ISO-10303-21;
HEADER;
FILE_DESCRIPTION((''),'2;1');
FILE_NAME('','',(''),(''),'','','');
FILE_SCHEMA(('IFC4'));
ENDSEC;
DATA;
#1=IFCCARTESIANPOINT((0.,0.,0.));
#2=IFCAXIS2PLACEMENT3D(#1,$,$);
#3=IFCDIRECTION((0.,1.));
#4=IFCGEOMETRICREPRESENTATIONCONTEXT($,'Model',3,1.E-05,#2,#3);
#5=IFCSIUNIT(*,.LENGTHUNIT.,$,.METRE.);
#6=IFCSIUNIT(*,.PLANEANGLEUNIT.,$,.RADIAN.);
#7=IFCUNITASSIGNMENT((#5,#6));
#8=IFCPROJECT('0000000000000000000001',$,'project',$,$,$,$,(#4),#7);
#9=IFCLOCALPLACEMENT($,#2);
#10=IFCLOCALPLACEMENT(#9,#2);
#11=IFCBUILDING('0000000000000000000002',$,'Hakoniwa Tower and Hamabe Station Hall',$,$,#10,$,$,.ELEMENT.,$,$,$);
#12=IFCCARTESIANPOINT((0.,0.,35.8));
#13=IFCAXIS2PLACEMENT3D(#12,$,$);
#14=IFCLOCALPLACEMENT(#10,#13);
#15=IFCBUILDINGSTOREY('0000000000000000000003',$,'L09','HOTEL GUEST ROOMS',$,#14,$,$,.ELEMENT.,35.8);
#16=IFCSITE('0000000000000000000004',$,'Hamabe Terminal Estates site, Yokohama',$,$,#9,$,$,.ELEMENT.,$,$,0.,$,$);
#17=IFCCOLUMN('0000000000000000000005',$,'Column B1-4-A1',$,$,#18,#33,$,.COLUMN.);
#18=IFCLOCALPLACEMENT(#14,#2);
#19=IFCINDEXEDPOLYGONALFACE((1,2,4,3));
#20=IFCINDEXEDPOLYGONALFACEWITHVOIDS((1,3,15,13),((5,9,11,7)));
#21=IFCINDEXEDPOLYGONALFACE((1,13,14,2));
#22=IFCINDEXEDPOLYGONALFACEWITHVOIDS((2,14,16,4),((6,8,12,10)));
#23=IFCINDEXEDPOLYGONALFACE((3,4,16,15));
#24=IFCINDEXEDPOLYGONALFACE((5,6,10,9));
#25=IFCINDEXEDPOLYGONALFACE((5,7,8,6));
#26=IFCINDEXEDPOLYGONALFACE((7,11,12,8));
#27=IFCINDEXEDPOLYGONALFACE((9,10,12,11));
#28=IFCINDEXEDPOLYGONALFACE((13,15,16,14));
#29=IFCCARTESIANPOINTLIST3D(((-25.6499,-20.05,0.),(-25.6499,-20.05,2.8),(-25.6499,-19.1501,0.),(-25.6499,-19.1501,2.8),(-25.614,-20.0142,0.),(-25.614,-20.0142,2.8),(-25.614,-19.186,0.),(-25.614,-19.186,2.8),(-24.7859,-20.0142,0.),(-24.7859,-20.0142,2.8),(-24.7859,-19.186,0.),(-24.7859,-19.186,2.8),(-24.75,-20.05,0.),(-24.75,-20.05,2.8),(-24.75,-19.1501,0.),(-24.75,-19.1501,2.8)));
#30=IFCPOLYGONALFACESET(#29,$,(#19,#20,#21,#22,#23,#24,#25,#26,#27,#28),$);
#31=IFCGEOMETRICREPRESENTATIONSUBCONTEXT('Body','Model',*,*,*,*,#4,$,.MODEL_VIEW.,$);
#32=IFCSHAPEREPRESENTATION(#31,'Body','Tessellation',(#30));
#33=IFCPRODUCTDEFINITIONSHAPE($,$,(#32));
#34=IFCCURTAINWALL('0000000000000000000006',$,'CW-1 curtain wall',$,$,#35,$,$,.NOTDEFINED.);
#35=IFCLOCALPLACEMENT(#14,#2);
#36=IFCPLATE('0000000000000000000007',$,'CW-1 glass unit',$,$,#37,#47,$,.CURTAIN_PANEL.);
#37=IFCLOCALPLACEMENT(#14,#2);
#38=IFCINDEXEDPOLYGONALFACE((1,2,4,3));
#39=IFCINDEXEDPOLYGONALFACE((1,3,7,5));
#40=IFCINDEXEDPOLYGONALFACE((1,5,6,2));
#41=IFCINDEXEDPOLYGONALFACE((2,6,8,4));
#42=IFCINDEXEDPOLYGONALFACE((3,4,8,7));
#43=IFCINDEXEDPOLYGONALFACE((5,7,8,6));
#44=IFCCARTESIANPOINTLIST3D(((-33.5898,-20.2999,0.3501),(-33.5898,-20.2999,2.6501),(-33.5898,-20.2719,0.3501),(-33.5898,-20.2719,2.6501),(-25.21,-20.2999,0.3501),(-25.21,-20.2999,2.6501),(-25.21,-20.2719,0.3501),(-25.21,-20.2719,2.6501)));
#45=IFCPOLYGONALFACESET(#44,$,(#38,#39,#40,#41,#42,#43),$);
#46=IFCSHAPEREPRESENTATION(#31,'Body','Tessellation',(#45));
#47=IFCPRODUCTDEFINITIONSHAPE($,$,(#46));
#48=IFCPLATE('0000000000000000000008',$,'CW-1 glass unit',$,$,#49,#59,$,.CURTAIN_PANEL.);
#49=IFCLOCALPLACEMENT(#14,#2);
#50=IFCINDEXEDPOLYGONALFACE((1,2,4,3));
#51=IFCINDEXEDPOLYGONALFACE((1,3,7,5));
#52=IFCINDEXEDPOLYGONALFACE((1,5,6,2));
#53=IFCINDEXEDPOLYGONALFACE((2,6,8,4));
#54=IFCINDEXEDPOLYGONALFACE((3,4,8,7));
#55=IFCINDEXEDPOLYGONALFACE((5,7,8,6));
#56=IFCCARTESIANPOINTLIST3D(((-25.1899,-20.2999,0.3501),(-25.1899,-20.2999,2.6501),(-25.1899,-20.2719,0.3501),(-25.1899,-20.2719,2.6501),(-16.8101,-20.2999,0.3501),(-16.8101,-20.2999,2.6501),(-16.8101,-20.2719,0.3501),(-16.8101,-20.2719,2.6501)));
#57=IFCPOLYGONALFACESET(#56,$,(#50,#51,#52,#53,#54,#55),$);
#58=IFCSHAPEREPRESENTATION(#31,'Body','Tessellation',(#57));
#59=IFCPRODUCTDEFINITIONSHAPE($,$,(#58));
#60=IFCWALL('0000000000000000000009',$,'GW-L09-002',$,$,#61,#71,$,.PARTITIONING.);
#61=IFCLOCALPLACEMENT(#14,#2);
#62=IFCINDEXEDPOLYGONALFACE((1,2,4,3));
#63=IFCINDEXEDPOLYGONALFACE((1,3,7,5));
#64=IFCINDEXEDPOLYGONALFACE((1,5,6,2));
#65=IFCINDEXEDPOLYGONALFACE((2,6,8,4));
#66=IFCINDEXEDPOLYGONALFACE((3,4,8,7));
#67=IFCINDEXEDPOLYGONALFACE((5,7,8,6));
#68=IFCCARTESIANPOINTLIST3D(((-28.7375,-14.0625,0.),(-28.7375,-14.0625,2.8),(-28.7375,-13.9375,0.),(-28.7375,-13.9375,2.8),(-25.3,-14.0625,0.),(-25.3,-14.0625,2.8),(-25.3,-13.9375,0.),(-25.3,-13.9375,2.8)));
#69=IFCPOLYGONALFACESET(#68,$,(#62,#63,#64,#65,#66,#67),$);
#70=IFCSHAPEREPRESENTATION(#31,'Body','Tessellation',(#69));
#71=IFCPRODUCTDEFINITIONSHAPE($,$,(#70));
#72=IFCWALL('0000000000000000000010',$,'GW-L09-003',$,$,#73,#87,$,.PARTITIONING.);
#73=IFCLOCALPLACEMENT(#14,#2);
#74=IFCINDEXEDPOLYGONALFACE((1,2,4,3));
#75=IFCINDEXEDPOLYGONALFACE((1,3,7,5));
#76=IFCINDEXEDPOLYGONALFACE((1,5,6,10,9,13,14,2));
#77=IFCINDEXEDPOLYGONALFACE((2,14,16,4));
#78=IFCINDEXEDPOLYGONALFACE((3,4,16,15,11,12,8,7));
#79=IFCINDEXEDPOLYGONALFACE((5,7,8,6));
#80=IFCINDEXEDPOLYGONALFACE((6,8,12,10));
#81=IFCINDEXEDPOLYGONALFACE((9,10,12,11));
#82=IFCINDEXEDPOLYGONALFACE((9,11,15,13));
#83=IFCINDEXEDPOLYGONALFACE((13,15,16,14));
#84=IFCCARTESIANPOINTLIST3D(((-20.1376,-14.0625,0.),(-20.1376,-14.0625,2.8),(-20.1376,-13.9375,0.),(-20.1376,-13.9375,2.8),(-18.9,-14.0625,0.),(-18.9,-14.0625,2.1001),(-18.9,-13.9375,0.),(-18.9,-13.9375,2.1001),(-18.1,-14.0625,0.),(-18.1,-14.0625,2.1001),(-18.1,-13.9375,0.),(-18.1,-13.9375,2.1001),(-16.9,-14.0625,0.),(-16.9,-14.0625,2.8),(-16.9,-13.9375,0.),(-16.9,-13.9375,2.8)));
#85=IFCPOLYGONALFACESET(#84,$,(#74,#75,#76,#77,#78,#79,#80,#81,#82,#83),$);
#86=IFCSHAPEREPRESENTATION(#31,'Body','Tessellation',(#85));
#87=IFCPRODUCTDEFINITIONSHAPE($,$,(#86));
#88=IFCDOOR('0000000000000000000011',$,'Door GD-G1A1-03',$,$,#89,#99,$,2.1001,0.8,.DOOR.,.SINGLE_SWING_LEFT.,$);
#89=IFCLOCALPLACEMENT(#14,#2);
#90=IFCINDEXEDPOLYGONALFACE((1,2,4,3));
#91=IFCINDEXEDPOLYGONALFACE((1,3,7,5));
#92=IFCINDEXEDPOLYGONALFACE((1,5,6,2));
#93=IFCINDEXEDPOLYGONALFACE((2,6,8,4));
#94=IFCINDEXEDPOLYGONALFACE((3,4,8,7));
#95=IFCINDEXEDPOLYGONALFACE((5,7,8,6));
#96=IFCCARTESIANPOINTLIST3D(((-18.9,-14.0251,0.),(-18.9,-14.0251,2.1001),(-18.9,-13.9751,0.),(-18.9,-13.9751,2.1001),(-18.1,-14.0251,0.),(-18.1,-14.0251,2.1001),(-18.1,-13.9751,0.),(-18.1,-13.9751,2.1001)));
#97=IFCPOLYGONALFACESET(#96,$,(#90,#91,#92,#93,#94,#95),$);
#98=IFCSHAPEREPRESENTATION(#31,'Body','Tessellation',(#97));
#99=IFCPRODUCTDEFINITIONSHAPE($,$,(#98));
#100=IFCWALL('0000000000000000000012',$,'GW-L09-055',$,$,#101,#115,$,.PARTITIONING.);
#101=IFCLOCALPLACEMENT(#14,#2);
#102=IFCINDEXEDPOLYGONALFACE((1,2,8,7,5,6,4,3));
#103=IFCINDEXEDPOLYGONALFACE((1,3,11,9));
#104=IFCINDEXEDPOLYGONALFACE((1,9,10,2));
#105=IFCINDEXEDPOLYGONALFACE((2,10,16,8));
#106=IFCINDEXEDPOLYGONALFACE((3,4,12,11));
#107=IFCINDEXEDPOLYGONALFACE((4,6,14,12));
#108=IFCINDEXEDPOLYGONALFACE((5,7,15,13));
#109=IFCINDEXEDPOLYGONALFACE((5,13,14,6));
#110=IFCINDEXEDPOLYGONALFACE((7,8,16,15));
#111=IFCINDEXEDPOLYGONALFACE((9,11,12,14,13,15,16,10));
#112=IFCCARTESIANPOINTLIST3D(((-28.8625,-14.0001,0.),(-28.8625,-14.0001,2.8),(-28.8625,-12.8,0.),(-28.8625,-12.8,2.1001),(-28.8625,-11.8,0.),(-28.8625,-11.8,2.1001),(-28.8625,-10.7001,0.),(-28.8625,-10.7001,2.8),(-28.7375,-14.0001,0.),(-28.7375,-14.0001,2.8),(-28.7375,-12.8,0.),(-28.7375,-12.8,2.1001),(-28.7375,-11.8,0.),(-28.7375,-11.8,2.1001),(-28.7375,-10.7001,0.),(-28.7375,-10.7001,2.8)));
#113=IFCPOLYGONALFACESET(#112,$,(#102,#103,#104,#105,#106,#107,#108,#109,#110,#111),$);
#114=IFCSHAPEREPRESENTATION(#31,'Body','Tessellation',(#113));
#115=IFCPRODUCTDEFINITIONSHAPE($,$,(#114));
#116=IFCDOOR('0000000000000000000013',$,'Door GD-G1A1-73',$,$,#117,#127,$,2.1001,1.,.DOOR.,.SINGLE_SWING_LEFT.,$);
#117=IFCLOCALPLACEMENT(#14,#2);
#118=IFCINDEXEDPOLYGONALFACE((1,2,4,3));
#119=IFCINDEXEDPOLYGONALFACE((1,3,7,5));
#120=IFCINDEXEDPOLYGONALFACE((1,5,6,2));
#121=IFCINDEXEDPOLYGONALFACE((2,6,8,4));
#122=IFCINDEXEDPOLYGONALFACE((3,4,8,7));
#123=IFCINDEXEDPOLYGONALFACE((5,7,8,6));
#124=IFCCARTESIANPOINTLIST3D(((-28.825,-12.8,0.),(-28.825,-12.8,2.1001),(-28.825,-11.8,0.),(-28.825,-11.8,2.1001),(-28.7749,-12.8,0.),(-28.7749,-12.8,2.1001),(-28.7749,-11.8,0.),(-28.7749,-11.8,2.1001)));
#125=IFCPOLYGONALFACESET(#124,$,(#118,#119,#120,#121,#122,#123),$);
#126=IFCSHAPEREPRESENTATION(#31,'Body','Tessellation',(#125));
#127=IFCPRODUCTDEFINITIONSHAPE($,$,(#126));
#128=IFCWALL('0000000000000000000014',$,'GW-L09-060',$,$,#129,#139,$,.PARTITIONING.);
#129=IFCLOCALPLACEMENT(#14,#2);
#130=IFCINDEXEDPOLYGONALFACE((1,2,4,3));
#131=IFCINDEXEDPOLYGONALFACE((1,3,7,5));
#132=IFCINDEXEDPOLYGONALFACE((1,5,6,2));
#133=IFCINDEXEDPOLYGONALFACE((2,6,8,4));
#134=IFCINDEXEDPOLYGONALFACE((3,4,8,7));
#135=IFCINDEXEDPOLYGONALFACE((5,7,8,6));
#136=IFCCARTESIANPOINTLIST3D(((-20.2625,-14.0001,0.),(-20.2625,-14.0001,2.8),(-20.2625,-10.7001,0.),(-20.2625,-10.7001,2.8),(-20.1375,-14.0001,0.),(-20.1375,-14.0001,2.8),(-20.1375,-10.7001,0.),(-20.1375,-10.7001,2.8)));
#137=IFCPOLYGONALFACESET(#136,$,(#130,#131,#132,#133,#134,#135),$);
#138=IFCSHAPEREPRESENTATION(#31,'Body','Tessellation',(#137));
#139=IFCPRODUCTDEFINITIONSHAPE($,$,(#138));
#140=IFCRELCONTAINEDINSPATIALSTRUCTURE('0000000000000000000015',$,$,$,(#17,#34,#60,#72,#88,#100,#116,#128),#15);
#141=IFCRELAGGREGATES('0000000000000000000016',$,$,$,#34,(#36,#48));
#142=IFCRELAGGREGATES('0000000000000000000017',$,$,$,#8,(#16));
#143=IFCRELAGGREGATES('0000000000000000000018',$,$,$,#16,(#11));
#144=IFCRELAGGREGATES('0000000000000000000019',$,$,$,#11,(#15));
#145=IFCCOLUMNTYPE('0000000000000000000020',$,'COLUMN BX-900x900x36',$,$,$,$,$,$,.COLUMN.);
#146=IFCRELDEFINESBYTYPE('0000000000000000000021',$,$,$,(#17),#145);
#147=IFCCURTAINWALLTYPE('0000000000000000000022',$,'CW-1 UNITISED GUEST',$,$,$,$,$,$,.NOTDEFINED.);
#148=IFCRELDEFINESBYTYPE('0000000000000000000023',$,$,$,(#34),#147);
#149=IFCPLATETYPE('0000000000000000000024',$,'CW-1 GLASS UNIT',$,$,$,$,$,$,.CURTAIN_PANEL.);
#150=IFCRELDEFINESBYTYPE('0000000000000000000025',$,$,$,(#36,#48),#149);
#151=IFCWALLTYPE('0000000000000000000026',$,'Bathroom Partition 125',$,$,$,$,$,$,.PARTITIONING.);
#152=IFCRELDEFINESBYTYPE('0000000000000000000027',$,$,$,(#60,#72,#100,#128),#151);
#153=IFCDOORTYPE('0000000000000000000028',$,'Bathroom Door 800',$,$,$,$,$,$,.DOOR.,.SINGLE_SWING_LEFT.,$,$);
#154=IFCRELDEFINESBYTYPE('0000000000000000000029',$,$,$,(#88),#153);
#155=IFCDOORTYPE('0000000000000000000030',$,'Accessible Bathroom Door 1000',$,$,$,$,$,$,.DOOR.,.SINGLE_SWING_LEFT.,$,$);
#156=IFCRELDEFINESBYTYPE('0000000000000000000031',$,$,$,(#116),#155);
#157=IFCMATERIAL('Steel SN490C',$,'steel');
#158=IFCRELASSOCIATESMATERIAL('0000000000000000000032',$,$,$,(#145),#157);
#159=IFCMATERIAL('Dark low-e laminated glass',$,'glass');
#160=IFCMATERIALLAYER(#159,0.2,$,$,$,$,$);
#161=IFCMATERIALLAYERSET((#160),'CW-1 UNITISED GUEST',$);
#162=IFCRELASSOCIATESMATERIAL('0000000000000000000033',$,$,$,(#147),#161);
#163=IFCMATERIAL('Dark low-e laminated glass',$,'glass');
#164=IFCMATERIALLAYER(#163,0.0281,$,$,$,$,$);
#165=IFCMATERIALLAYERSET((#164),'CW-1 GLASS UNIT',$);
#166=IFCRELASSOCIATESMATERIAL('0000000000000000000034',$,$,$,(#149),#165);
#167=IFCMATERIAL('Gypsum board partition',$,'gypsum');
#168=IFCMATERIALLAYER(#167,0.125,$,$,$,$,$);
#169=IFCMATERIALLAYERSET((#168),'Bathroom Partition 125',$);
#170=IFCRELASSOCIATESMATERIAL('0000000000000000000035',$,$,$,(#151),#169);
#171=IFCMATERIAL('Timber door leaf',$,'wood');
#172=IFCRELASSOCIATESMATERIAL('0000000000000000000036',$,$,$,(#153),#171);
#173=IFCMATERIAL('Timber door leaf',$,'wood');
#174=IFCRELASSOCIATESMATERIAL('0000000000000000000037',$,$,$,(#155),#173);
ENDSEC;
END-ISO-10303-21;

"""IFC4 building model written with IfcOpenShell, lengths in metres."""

from ifc_helpers import new_model, si_unit, direction, frame, frame_2d, origin, origin_2d, place, context, subcontext, project, spatial, rectangle, hollow_rectangle, extrude, material, layer, layer_set, material_profile, profile_set, type_object, element, fill, aggregate, save


model = new_model("IFC4")

# Units and contexts
model_context = context("Model", 3, precision=1e-05, world=origin(), true_north=direction((0.0, 1.0)))
body_context = subcontext(model_context, "Body", "Model", "MODEL_VIEW")
ifc_project = project(units=[si_unit("LENGTHUNIT", "METRE"), si_unit("PLANEANGLEUNIT", "RADIAN")], contexts=[model_context])

# Site, building, storey
site_placement = place(None, origin())
site = spatial("IfcSite", under=ifc_project, at=site_placement, Name="Hamabe Terminal Estates site, Yokohama", CompositionType="ELEMENT", RefElevation=0.0)
building_placement = place(site_placement, origin())
building = spatial("IfcBuilding", under=site, at=building_placement, Name="Hakoniwa Tower and Hamabe Station Hall", CompositionType="ELEMENT")
storey_placement = place(building_placement, frame((0.0, 0.0, 35.8)))
storey = spatial("IfcBuildingStorey", under=building, at=storey_placement, Name="L09", Description="HOTEL GUEST ROOMS", CompositionType="ELEMENT", Elevation=35.8)

# Column
ifc_material_1 = material(Name="Steel SN490C", Category="steel")
ifc_material_profile = material_profile(ifc_material_1, hollow_rectangle(XDim=0.8999, YDim=0.8999, WallThickness=0.0359, at=origin_2d()), Name="BX-900x900x36")
ifc_profile_set = profile_set([ifc_material_profile], Name="Steel SN490C")
column_type = type_object("IfcColumnType", Name="COLUMN BX-900x900x36", PredefinedType="COLUMN", material=ifc_profile_set)
column_placement = place(storey_placement, frame((-25.2, -19.6001, 0.0), z_axis=(0.0, 0.0, 1.0), x_axis=(1.0, 0.0, 0.0)))
element("IfcColumn", 1, at=column_placement, inside=storey, type_object=column_type, Name="Column B1-4-A1", PredefinedType="COLUMN", context=body_context, shape_type="SweptSolid", body=[
    extrude(hollow_rectangle(XDim=0.8999, YDim=0.8999, WallThickness=0.0359, at=origin_2d()), origin(), (0.0, 0.0, 1.0), 2.8),
])

# Curtain wall, plates
ifc_material_2 = material(Name="Dark low-e laminated glass", Category="glass")
ifc_layer_1 = layer(ifc_material_2, 0.2)
ifc_layer_set_1 = layer_set([ifc_layer_1], Name="CW-1 UNITISED GUEST")
curtain_wall_type = type_object("IfcCurtainWallType", Name="CW-1 UNITISED GUEST", PredefinedType="NOTDEFINED", material=ifc_layer_set_1)
curtain_wall_placement = place(storey_placement, origin())
curtain_wall = element("IfcCurtainWall", 2, at=curtain_wall_placement, inside=storey, type_object=curtain_wall_type, Name="CW-1 curtain wall", PredefinedType="NOTDEFINED")
ifc_material_3 = material(Name="Dark low-e laminated glass", Category="glass")
ifc_layer_2 = layer(ifc_material_3, 0.0281)
ifc_layer_set_2 = layer_set([ifc_layer_2], Name="CW-1 GLASS UNIT")
plate_type = type_object("IfcPlateType", Name="CW-1 GLASS UNIT", PredefinedType="CURTAIN_PANEL", material=ifc_layer_set_2)
plate_1_placement = place(storey_placement, frame((-29.3999, -20.2859, 0.3501), z_axis=(0.0, 0.0, 1.0), x_axis=(1.0, 0.0, 0.0)))
plate_1 = element("IfcPlate", 3, at=plate_1_placement, type_object=plate_type, Name="CW-1 glass unit", PredefinedType="CURTAIN_PANEL", context=body_context, shape_type="SweptSolid", body=[
    extrude(rectangle(XDim=8.3799, YDim=0.0281, at=origin_2d()), origin(), (0.0, 0.0, 1.0), 2.3),
])
plate_2_placement = place(storey_placement, frame((-21.0, -20.2859, 0.3501), z_axis=(0.0, 0.0, 1.0), x_axis=(1.0, 0.0, 0.0)))
plate_2 = element("IfcPlate", 4, at=plate_2_placement, type_object=plate_type, Name="CW-1 glass unit", PredefinedType="CURTAIN_PANEL", context=body_context, shape_type="SweptSolid", body=[
    extrude(rectangle(XDim=8.3799, YDim=0.0281, at=origin_2d()), origin(), (0.0, 0.0, 1.0), 2.3),
])
aggregate(curtain_wall, [plate_1, plate_2])

# Wall
ifc_material_4 = material(Name="Gypsum board partition", Category="gypsum")
ifc_layer_3 = layer(ifc_material_4, 0.125)
ifc_layer_set_3 = layer_set([ifc_layer_3], Name="Bathroom Partition 125")
wall_type_1 = type_object("IfcWallType", Name="Bathroom Partition 125", PredefinedType="PARTITIONING", material=ifc_layer_set_3)
wall_1_placement = place(storey_placement, frame((-28.7375, -14.0, 0.0), z_axis=(0.0, 0.0, 1.0), x_axis=(1.0, 0.0, 0.0)))
element("IfcWall", 5, at=wall_1_placement, inside=storey, type_object=wall_type_1, Name="GW-L09-002", PredefinedType="PARTITIONING", context=body_context, shape_type="SweptSolid", body=[
    extrude(rectangle(XDim=3.4375, YDim=0.125, at=frame_2d((1.7188, 0.0))), origin(), (0.0, 0.0, 1.0), 2.8),
])

# Walls, openings, doors
wall_2_placement = place(storey_placement, frame((-20.1375, -14.0, 0.0), z_axis=(0.0, 0.0, 1.0), x_axis=(1.0, 0.0, 0.0)))
wall_2 = element("IfcWall", 6, at=wall_2_placement, inside=storey, type_object=wall_type_1, Name="GW-L09-003", PredefinedType="PARTITIONING", context=body_context, shape_type="SweptSolid", body=[
    extrude(rectangle(XDim=3.2375, YDim=0.125, at=frame_2d((1.6187, 0.0))), origin(), (0.0, 0.0, 1.0), 2.8),
])
opening_1_placement = place(wall_2_placement, frame((1.2375, 0.0, 0.0)))
opening_1 = element("IfcOpeningElement", 7, at=opening_1_placement, cuts=wall_2, PredefinedType="OPENING", context=body_context, shape_type="SweptSolid", body=[
    extrude(rectangle(XDim=0.8, YDim=2.1001, at=frame_2d((0.3999, 1.05))), frame((0.0, 0.0725, 0.0), z_axis=(0.0, -1.0, 0.0), x_axis=(1.0, 0.0, 0.0)), (0.0, 0.0, 1.0), 0.145),
])
ifc_material_5 = material(Name="Timber door leaf", Category="wood")
door_type_1 = type_object("IfcDoorType", Name="Bathroom Door 800", OperationType="SINGLE_SWING_LEFT", PredefinedType="DOOR", material=ifc_material_5)
door_1_placement = place(opening_1_placement, origin())
door_1 = element("IfcDoor", 8, at=door_1_placement, inside=storey, type_object=door_type_1, Name="Door GD-G1A1-03", OperationType="SINGLE_SWING_LEFT", OverallHeight=2.1001, OverallWidth=0.8, PredefinedType="DOOR", context=body_context, shape_type="SweptSolid", body=[
    extrude(rectangle(XDim=0.8, YDim=2.1001, at=frame_2d((0.3999, 1.05))), frame((0.0, 0.0249, 0.0), z_axis=(0.0, -1.0, 0.0), x_axis=(1.0, 0.0, 0.0)), (0.0, 0.0, 1.0), 0.05),
])
fill(opening_1, door_1)
wall_3_placement = place(storey_placement, frame((-28.8, -14.0, 0.0), z_axis=(0.0, 0.0, 1.0), x_axis=(0.0, 1.0, 0.0)))
wall_3 = element("IfcWall", 9, at=wall_3_placement, inside=storey, type_object=wall_type_1, Name="GW-L09-055", PredefinedType="PARTITIONING", context=body_context, shape_type="SweptSolid", body=[
    extrude(rectangle(XDim=3.3, YDim=0.125, at=frame_2d((1.6499, 0.0))), origin(), (0.0, 0.0, 1.0), 2.8),
])
opening_2_placement = place(wall_3_placement, frame((1.2, 0.0, 0.0)))
opening_2 = element("IfcOpeningElement", 10, at=opening_2_placement, cuts=wall_3, PredefinedType="OPENING", context=body_context, shape_type="SweptSolid", body=[
    extrude(rectangle(XDim=1.0, YDim=2.1001, at=frame_2d((0.5, 1.05))), frame((0.0, 0.0725, 0.0), z_axis=(0.0, -1.0, 0.0), x_axis=(1.0, 0.0, 0.0)), (0.0, 0.0, 1.0), 0.145),
])
ifc_material_6 = material(Name="Timber door leaf", Category="wood")
door_type_2 = type_object("IfcDoorType", Name="Accessible Bathroom Door 1000", OperationType="SINGLE_SWING_LEFT", PredefinedType="DOOR", material=ifc_material_6)
door_2_placement = place(opening_2_placement, origin())
door_2 = element("IfcDoor", 11, at=door_2_placement, inside=storey, type_object=door_type_2, Name="Door GD-G1A1-73", OperationType="SINGLE_SWING_LEFT", OverallHeight=2.1001, OverallWidth=1.0, PredefinedType="DOOR", context=body_context, shape_type="SweptSolid", body=[
    extrude(rectangle(XDim=1.0, YDim=2.1001, at=frame_2d((0.5, 1.05))), frame((0.0, 0.0249, 0.0), z_axis=(0.0, -1.0, 0.0), x_axis=(1.0, 0.0, 0.0)), (0.0, 0.0, 1.0), 0.05),
])
fill(opening_2, door_2)

# Wall
wall_4_placement = place(storey_placement, frame((-20.2, -14.0, 0.0), z_axis=(0.0, 0.0, 1.0), x_axis=(0.0, 1.0, 0.0)))
element("IfcWall", 12, at=wall_4_placement, inside=storey, type_object=wall_type_1, Name="GW-L09-060", PredefinedType="PARTITIONING", context=body_context, shape_type="SweptSolid", body=[
    extrude(rectangle(XDim=3.3, YDim=0.125, at=frame_2d((1.6499, 0.0))), origin(), (0.0, 0.0, 1.0), 2.8),
])

save(model, "model.ifc")
